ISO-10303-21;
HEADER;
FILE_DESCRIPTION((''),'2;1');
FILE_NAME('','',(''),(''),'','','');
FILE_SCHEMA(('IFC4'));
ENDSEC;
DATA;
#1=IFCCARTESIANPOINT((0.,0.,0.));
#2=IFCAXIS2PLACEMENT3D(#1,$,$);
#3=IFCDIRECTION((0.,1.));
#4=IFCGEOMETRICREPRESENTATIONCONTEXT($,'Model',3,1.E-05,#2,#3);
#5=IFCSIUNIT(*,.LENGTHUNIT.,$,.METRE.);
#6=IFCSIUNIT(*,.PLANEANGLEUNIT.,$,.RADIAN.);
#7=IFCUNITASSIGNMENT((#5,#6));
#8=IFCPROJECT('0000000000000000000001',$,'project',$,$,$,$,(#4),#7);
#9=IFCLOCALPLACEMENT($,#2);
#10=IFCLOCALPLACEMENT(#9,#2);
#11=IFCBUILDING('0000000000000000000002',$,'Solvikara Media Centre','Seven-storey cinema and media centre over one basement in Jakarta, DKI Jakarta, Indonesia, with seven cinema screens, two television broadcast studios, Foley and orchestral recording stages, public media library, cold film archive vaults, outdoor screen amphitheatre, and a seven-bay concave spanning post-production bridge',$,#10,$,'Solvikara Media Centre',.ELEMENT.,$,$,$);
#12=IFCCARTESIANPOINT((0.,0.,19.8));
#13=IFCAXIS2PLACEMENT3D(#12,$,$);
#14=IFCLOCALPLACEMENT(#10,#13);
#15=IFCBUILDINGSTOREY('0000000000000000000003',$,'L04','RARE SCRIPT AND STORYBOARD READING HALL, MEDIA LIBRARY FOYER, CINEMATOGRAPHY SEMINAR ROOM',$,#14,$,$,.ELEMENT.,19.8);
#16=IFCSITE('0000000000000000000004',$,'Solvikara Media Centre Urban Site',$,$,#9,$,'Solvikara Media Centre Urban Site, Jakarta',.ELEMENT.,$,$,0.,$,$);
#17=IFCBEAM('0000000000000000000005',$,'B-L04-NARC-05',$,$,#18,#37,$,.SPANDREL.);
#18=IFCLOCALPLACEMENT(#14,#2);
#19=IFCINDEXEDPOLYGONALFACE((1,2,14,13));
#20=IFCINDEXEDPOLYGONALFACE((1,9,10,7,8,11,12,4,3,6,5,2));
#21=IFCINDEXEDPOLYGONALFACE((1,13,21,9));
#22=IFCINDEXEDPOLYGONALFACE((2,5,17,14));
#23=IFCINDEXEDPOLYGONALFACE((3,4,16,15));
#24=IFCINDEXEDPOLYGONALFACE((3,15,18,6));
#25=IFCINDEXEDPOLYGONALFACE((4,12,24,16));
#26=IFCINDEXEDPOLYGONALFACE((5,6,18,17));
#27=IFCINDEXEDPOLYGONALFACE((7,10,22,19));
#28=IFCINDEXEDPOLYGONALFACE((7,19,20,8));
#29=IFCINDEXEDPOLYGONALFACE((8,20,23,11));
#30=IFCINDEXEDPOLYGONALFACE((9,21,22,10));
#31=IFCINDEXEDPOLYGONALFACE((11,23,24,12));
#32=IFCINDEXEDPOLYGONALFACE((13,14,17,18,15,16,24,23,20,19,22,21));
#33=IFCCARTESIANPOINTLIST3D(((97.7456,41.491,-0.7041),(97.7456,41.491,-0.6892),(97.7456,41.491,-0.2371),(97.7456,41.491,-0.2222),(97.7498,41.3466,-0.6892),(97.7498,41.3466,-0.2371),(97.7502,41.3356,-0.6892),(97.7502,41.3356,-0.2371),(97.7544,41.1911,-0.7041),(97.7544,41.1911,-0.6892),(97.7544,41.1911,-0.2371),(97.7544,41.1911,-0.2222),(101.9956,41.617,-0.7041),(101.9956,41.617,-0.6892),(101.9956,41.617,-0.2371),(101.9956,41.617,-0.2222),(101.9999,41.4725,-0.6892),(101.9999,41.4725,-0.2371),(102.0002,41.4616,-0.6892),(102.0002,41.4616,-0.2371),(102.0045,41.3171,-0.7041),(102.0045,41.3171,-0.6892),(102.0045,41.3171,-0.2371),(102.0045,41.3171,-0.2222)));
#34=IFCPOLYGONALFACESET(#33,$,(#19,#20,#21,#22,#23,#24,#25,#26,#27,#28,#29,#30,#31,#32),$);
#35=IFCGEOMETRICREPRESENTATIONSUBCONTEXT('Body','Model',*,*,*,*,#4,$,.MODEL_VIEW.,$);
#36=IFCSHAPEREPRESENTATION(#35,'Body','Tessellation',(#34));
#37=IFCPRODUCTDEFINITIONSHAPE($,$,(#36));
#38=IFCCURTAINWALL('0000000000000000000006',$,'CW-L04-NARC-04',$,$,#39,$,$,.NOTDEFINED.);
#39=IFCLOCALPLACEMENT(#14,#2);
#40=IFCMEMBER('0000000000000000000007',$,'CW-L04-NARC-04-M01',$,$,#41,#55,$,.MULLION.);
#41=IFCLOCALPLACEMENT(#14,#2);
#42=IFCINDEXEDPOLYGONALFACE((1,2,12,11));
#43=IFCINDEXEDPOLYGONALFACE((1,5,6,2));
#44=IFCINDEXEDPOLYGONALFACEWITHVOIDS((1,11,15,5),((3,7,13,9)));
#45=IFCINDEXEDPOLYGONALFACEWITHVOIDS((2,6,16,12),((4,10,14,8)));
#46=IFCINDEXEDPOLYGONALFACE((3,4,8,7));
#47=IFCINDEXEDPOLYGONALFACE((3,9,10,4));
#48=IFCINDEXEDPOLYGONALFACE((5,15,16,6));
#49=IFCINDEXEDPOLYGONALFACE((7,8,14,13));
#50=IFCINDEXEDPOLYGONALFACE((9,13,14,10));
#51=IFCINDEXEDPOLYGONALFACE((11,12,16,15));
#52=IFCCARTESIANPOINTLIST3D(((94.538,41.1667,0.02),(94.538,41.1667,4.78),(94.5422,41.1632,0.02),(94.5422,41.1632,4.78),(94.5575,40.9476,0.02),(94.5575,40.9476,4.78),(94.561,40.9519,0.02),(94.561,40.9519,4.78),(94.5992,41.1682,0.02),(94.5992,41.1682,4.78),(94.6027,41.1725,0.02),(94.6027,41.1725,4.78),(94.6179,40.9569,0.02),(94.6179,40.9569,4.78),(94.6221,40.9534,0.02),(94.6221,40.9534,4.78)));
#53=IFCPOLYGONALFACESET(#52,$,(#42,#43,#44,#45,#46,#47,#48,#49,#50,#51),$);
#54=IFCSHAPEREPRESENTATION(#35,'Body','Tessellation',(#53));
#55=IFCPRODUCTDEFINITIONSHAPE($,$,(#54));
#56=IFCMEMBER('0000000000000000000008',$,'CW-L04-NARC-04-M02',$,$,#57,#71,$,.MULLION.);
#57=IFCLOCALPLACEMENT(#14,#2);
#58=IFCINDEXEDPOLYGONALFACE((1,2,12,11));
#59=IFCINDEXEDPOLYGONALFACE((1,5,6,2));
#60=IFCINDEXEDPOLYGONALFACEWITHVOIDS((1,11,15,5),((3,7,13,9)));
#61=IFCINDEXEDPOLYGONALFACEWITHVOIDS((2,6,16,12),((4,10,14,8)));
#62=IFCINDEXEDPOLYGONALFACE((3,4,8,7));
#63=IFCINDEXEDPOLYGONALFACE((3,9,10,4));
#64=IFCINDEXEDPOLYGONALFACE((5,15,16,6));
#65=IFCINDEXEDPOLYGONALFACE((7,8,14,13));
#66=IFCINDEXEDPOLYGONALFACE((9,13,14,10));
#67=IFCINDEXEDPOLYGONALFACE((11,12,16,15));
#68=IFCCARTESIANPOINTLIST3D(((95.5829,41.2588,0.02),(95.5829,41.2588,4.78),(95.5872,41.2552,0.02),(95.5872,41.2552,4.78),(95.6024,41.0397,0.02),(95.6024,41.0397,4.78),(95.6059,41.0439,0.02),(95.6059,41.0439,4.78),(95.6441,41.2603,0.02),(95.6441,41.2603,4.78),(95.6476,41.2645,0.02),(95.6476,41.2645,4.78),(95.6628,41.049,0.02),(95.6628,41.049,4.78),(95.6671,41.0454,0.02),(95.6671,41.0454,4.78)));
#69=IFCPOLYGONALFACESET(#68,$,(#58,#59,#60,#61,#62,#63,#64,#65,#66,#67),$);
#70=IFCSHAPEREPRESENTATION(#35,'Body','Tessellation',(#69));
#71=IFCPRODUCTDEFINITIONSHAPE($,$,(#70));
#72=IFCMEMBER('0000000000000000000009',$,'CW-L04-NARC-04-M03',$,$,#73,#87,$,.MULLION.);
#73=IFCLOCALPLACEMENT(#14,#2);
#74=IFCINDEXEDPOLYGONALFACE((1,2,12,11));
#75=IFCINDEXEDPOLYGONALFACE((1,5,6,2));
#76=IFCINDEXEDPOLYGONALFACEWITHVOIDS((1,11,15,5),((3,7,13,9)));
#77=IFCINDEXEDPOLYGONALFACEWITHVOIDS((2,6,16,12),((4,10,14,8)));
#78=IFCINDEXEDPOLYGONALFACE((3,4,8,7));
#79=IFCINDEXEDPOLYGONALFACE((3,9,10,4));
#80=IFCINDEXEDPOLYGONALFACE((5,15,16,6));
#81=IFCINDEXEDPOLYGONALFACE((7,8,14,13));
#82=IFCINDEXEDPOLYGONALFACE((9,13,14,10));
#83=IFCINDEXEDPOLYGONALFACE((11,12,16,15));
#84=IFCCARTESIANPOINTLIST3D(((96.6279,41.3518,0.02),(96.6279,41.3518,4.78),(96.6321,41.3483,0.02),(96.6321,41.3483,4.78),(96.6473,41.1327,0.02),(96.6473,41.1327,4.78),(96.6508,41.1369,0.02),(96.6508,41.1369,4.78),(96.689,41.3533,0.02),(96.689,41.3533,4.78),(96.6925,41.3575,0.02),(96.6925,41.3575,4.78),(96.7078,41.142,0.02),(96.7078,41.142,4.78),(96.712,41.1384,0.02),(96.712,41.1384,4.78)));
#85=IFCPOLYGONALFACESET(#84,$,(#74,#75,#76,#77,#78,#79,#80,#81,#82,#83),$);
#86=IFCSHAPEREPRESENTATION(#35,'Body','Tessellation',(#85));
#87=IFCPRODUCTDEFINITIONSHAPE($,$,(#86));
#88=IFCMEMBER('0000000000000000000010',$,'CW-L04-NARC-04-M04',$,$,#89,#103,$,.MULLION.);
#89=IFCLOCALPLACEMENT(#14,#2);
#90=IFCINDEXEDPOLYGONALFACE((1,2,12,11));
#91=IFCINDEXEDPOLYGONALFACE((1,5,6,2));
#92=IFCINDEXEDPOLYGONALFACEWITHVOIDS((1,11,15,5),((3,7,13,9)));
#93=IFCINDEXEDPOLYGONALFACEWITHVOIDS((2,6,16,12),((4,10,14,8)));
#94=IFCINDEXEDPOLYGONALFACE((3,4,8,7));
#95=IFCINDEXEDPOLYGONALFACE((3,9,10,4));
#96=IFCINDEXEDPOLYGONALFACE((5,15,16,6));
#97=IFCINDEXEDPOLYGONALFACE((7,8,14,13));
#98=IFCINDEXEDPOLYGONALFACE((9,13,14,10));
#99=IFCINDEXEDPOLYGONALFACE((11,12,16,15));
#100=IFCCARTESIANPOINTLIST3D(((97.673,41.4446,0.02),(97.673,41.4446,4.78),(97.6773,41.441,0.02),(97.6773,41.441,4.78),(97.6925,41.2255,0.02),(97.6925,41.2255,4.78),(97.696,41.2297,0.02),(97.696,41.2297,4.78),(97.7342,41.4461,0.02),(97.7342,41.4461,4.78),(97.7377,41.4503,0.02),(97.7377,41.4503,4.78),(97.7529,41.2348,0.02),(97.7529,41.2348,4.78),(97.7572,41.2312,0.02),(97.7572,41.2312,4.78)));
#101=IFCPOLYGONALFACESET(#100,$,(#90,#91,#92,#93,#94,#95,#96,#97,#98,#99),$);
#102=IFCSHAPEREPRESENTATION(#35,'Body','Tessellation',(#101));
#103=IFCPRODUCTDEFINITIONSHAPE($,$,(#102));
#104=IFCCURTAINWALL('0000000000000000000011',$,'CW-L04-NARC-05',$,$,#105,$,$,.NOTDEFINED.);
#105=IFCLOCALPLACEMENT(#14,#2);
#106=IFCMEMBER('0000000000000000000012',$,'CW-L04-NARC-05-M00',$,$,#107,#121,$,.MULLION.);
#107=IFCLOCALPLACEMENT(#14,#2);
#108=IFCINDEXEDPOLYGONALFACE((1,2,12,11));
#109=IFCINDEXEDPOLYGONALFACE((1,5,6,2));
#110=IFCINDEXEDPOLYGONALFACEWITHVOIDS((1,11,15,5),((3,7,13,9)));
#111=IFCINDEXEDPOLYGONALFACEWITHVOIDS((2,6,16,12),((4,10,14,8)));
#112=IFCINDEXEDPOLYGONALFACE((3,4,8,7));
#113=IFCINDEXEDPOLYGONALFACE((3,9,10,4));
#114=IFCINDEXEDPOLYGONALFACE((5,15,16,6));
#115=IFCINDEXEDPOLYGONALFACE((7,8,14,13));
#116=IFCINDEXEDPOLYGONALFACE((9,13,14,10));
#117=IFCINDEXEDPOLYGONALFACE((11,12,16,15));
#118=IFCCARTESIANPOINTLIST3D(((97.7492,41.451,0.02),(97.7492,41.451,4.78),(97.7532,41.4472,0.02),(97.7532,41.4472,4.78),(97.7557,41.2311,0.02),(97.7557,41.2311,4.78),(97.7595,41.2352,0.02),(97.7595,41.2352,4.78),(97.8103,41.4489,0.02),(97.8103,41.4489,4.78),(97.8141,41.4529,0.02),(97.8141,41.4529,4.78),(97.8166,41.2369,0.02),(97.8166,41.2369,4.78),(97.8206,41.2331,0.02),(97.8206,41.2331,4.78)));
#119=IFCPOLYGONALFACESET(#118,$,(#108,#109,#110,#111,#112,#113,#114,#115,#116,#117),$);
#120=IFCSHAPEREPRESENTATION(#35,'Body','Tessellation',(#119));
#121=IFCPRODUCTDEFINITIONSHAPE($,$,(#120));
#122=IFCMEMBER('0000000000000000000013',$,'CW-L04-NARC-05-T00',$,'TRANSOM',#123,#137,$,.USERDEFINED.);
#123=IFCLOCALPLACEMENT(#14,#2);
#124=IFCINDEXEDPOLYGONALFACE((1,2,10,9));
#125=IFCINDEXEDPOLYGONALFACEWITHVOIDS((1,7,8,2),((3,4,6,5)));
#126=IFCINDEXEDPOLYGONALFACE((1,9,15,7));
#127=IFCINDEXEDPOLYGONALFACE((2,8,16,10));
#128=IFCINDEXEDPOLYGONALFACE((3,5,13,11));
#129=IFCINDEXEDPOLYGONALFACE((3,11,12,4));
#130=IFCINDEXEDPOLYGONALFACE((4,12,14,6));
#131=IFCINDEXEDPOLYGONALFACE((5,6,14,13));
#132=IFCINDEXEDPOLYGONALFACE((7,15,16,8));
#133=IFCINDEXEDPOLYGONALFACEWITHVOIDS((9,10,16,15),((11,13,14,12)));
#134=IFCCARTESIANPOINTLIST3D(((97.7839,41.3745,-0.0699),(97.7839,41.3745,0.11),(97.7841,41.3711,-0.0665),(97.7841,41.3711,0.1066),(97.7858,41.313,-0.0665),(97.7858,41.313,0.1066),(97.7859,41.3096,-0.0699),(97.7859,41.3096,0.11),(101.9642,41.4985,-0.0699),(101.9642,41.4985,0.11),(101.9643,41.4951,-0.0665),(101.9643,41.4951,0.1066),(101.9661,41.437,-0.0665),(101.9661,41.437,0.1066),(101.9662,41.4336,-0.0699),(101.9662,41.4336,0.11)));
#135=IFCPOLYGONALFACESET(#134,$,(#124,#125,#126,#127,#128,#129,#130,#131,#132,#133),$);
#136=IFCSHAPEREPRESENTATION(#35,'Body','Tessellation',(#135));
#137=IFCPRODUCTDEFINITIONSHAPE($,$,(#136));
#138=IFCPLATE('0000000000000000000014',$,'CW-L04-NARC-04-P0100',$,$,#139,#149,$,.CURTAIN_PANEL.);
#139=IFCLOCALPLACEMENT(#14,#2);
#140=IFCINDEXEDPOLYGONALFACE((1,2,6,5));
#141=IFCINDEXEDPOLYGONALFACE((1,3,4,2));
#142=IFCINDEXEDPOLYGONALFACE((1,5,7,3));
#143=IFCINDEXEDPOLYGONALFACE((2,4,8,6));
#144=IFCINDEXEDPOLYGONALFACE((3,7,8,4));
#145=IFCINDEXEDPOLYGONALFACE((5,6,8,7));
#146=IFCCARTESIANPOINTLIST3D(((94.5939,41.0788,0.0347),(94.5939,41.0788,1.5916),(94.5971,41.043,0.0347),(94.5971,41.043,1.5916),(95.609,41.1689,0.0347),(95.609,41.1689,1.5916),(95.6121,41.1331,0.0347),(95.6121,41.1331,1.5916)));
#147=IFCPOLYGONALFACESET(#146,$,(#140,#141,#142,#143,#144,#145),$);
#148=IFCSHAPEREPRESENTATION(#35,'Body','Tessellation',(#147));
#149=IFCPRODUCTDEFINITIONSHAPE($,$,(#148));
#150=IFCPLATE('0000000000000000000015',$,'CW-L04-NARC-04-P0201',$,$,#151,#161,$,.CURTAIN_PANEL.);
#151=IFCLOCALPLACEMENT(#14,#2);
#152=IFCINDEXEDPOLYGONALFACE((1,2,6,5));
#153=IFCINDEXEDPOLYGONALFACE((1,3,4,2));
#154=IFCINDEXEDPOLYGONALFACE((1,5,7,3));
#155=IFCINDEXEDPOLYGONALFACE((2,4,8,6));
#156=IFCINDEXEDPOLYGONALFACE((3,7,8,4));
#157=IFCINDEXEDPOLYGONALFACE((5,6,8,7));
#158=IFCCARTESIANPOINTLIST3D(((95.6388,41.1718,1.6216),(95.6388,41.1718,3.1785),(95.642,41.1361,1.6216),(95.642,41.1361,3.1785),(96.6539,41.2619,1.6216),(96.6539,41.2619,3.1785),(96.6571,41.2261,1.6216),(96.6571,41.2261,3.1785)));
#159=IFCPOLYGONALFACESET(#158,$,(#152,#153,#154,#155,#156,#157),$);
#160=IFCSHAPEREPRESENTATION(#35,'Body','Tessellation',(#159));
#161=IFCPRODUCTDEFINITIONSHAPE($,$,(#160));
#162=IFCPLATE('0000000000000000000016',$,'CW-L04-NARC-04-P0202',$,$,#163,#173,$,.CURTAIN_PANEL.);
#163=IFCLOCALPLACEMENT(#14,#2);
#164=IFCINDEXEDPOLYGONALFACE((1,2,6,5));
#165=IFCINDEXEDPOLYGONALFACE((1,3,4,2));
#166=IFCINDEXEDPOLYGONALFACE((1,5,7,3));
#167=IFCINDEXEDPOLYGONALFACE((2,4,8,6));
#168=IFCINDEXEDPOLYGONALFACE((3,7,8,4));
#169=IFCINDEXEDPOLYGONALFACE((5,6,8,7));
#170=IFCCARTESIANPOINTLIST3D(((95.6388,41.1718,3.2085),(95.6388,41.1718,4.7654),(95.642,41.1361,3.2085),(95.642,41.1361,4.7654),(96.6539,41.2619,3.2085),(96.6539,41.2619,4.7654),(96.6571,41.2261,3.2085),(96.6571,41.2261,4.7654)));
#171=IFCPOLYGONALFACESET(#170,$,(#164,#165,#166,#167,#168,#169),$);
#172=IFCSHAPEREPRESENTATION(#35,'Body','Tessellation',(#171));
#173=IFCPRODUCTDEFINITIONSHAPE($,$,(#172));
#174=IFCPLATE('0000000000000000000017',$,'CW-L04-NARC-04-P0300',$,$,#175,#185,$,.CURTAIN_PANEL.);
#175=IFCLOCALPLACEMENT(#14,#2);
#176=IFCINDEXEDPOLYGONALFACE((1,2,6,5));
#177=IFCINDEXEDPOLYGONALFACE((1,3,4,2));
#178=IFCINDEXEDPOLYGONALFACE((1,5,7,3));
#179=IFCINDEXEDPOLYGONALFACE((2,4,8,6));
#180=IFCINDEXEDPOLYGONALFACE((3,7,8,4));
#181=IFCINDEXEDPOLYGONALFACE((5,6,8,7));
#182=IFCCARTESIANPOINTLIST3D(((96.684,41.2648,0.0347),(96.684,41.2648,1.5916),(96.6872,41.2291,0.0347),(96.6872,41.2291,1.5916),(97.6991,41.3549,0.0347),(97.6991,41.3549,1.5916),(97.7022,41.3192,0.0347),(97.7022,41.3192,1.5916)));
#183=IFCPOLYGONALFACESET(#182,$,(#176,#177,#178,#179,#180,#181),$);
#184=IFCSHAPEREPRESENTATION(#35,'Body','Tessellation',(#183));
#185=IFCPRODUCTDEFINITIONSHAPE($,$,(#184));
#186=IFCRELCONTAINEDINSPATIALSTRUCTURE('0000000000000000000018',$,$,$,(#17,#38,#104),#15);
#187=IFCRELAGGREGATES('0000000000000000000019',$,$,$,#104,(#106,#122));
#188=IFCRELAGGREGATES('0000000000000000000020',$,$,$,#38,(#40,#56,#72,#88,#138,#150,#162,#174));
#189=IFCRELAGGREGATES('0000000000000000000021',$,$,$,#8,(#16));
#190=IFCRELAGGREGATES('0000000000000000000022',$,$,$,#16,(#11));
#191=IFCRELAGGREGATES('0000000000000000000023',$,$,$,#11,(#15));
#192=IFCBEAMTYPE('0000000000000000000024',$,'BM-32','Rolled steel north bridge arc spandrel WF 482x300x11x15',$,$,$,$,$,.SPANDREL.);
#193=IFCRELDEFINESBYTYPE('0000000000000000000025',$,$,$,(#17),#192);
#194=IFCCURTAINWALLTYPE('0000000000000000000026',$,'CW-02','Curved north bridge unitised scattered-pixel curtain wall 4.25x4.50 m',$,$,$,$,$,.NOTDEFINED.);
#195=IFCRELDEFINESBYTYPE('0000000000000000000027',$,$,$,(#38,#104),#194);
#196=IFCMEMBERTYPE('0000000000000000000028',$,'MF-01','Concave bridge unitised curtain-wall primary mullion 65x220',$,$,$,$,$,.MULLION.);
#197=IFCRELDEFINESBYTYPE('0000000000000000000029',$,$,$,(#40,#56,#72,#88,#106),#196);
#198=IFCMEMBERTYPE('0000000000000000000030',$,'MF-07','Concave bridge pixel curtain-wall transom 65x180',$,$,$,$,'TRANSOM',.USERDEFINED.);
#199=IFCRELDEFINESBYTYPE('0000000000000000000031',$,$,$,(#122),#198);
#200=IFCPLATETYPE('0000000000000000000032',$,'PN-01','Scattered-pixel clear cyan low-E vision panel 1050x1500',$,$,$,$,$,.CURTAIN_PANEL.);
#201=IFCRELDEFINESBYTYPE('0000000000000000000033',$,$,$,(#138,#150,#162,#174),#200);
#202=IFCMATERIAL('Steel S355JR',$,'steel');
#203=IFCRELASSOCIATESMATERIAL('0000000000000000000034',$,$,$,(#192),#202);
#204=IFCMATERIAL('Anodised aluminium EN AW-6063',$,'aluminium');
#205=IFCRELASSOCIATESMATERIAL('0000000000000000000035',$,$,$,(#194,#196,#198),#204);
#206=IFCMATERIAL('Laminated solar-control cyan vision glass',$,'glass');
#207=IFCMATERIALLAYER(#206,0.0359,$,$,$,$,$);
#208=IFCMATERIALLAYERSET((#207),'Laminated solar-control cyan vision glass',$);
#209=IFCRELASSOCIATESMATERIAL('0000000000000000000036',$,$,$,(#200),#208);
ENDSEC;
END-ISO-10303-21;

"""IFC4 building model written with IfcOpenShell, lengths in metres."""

from ifc_helpers import new_model, si_unit, direction, frame, origin, origin_2d, place, context, subcontext, project, spatial, rectangle, hollow_rectangle, i_section, extrude, material, layer, layer_set, material_profile, profile_set, type_object, element, aggregate, save


model = new_model("IFC4")

# Units and contexts
model_context = context("Model", 3, precision=1e-05, world=origin(), true_north=direction((0.0, 1.0)))
body_context = subcontext(model_context, "Body", "Model", "MODEL_VIEW")
ifc_project = project(units=[si_unit("LENGTHUNIT", "METRE"), si_unit("PLANEANGLEUNIT", "RADIAN")], contexts=[model_context])

# Site, building, storey
site_placement = place(None, origin())
site = spatial("IfcSite", under=ifc_project, at=site_placement, Name="Solvikara Media Centre Urban Site", LongName="Solvikara Media Centre Urban Site, Jakarta", CompositionType="ELEMENT", RefElevation=0.0)
building_placement = place(site_placement, origin())
building = spatial("IfcBuilding", under=site, at=building_placement, Name="Solvikara Media Centre", Description="Seven-storey cinema and media centre over one basement in Jakarta, DKI Jakarta, Indonesia, with seven cinema screens, two television broadcast studios, Foley and orchestral recording stages, public media library, cold film archive vaults, outdoor screen amphitheatre, and a seven-bay concave spanning post-production bridge", LongName="Solvikara Media Centre", CompositionType="ELEMENT")
storey_placement = place(building_placement, frame((0.0, 0.0, 19.8)))
storey = spatial("IfcBuildingStorey", under=building, at=storey_placement, Name="L04", Description="RARE SCRIPT AND STORYBOARD READING HALL, MEDIA LIBRARY FOYER, CINEMATOGRAPHY SEMINAR ROOM", CompositionType="ELEMENT", Elevation=19.8)

# Beam
ifc_material_1 = material(Name="Steel S355JR", Category="steel")
ifc_material_profile_1 = material_profile(ifc_material_1, i_section(OverallWidth=0.3, OverallDepth=0.4819, WebThickness=0.011, FlangeThickness=0.0149, at=origin_2d()), Name="WF 482x300x11x15")
ifc_profile_set_1 = profile_set([ifc_material_profile_1], Name="Steel S355JR")
beam_type = type_object("IfcBeamType", Name="BM-32", Description="Rolled steel north bridge arc spandrel WF 482x300x11x15", PredefinedType="SPANDREL", material=ifc_profile_set_1)
beam_placement = place(storey_placement, frame((97.75, 41.3411, -0.4631), z_axis=(0.999561, 0.029629, 0.0), x_axis=(-0.029629, 0.999561, 0.0)))
element("IfcBeam", 1, at=beam_placement, inside=storey, type_object=beam_type, Name="B-L04-NARC-05", PredefinedType="SPANDREL", context=body_context, shape_type="SweptSolid", body=[
    extrude(i_section(OverallWidth=0.3, OverallDepth=0.4819, WebThickness=0.011, FlangeThickness=0.0149, at=origin_2d()), origin(), (0.0, 0.0, 1.0), 4.252),
])

# Curtain walls, members
ifc_material_2 = material(Name="Anodised aluminium EN AW-6063", Category="aluminium")
curtain_wall_type = type_object("IfcCurtainWallType", Name="CW-02", Description="Curved north bridge unitised scattered-pixel curtain wall 4.25x4.50 m", PredefinedType="NOTDEFINED", material=ifc_material_2)
curtain_wall_1_placement = place(storey_placement, origin())
curtain_wall_1 = element("IfcCurtainWall", 2, at=curtain_wall_1_placement, inside=storey, type_object=curtain_wall_type, Name="CW-L04-NARC-04", PredefinedType="NOTDEFINED")
ifc_material_profile_2 = material_profile(ifc_material_2, hollow_rectangle(XDim=0.0649, YDim=0.22, WallThickness=0.0039, at=origin_2d()), Name="ALU-M 65x220x4")
ifc_profile_set_2 = profile_set([ifc_material_profile_2], Name="Anodised aluminium EN AW-6063")
member_type_1 = type_object("IfcMemberType", Name="MF-01", Description="Concave bridge unitised curtain-wall primary mullion 65x220", PredefinedType="MULLION", material=ifc_profile_set_2)
member_1_placement = place(storey_placement, frame((94.5801, 41.0601, 0.02), z_axis=(0.0, 0.0, 1.0), x_axis=(0.996084, 0.088408, 0.0)))
member_1 = element("IfcMember", 3, at=member_1_placement, type_object=member_type_1, Name="CW-L04-NARC-04-M01", PredefinedType="MULLION", context=body_context, shape_type="SweptSolid", body=[
    extrude(hollow_rectangle(XDim=0.0649, YDim=0.22, WallThickness=0.0039, at=origin_2d()), origin(), (0.0, 0.0, 1.0), 4.76),
])
member_2_placement = place(storey_placement, frame((95.625, 41.1521, 0.02), z_axis=(0.0, 0.0, 1.0), x_axis=(0.996084, 0.088408, 0.0)))
member_2 = element("IfcMember", 4, at=member_2_placement, type_object=member_type_1, Name="CW-L04-NARC-04-M02", PredefinedType="MULLION", context=body_context, shape_type="SweptSolid", body=[
    extrude(hollow_rectangle(XDim=0.0649, YDim=0.22, WallThickness=0.0039, at=origin_2d()), origin(), (0.0, 0.0, 1.0), 4.76),
])
member_3_placement = place(storey_placement, frame((96.6699, 41.2451, 0.02), z_axis=(0.0, 0.0, 1.0), x_axis=(0.996084, 0.088408, 0.0)))
member_3 = element("IfcMember", 5, at=member_3_placement, type_object=member_type_1, Name="CW-L04-NARC-04-M03", PredefinedType="MULLION", context=body_context, shape_type="SweptSolid", body=[
    extrude(hollow_rectangle(XDim=0.0649, YDim=0.22, WallThickness=0.0039, at=origin_2d()), origin(), (0.0, 0.0, 1.0), 4.76),
])
member_4_placement = place(storey_placement, frame((97.7151, 41.3379, 0.02), z_axis=(0.0, 0.0, 1.0), x_axis=(0.996084, 0.088408, 0.0)))
member_4 = element("IfcMember", 6, at=member_4_placement, type_object=member_type_1, Name="CW-L04-NARC-04-M04", PredefinedType="MULLION", context=body_context, shape_type="SweptSolid", body=[
    extrude(hollow_rectangle(XDim=0.0649, YDim=0.22, WallThickness=0.0039, at=origin_2d()), origin(), (0.0, 0.0, 1.0), 4.76),
])
curtain_wall_2_placement = place(storey_placement, origin())
curtain_wall_2 = element("IfcCurtainWall", 7, at=curtain_wall_2_placement, inside=storey, type_object=curtain_wall_type, Name="CW-L04-NARC-05", PredefinedType="NOTDEFINED")
member_5_placement = place(storey_placement, frame((97.7849, 41.342, 0.02), z_axis=(0.0, 0.0, 1.0), x_axis=(0.99956, 0.029649, 0.0)))
member_5 = element("IfcMember", 8, at=member_5_placement, type_object=member_type_1, Name="CW-L04-NARC-05-M00", PredefinedType="MULLION", context=body_context, shape_type="SweptSolid", body=[
    extrude(hollow_rectangle(XDim=0.0649, YDim=0.22, WallThickness=0.0039, at=origin_2d()), origin(), (0.0, 0.0, 1.0), 4.76),
])
ifc_material_profile_3 = material_profile(ifc_material_2, hollow_rectangle(XDim=0.0649, YDim=0.1799, WallThickness=0.0034, at=origin_2d()), Name="ALU-T 65x180x3.5")
ifc_profile_set_3 = profile_set([ifc_material_profile_3], Name="Anodised aluminium EN AW-6063")
member_type_2 = type_object("IfcMemberType", Name="MF-07", Description="Concave bridge pixel curtain-wall transom 65x180", ElementType="TRANSOM", PredefinedType="USERDEFINED", material=ifc_profile_set_3)
member_6_placement = place(storey_placement, frame((97.7849, 41.342, 0.02), z_axis=(0.99956, 0.029656, 0.0), x_axis=(-0.029656, 0.99956, 0.0)))
member_6 = element("IfcMember", 9, at=member_6_placement, type_object=member_type_2, Name="CW-L04-NARC-05-T00", ObjectType="TRANSOM", PredefinedType="USERDEFINED", context=body_context, shape_type="SweptSolid", body=[
    extrude(hollow_rectangle(XDim=0.0649, YDim=0.1799, WallThickness=0.0034, at=origin_2d()), origin(), (0.0, 0.0, 1.0), 4.1821),
])
aggregate(curtain_wall_2, [member_5, member_6])

# Plates
ifc_material_3 = material(Name="Laminated solar-control cyan vision glass", Category="glass")
ifc_layer_1 = layer(ifc_material_3, 0.0359)
ifc_layer_set_1 = layer_set([ifc_layer_1], Name="Laminated solar-control cyan vision glass")
plate_type_1 = type_object("IfcPlateType", Name="PN-01", Description="Scattered-pixel clear cyan low-E vision panel 1050x1500", PredefinedType="CURTAIN_PANEL", material=ifc_layer_set_1)
plate_1_placement = place(storey_placement, frame((95.103, 41.106, 0.0347), z_axis=(0.0, 0.0, 1.0), x_axis=(0.996084, 0.088408, 0.0)))
plate_1 = element("IfcPlate", 10, at=plate_1_placement, type_object=plate_type_1, Name="CW-L04-NARC-04-P0100", PredefinedType="CURTAIN_PANEL", context=body_context, shape_type="SweptSolid", body=[
    extrude(rectangle(XDim=1.019, YDim=0.0359, at=origin_2d()), origin(), (0.0, 0.0, 1.0), 1.5569),
])
plate_2_placement = place(storey_placement, frame((96.1479, 41.199, 1.6216), z_axis=(0.0, 0.0, 1.0), x_axis=(0.996084, 0.088408, 0.0)))
plate_2 = element("IfcPlate", 11, at=plate_2_placement, type_object=plate_type_1, Name="CW-L04-NARC-04-P0201", PredefinedType="CURTAIN_PANEL", context=body_context, shape_type="SweptSolid", body=[
    extrude(rectangle(XDim=1.019, YDim=0.0359, at=origin_2d()), origin(), (0.0, 0.0, 1.0), 1.5569),
])
plate_3_placement = place(storey_placement, frame((96.1479, 41.199, 3.2085), z_axis=(0.0, 0.0, 1.0), x_axis=(0.996084, 0.088408, 0.0)))
plate_3 = element("IfcPlate", 12, at=plate_3_placement, type_object=plate_type_1, Name="CW-L04-NARC-04-P0202", PredefinedType="CURTAIN_PANEL", context=body_context, shape_type="SweptSolid", body=[
    extrude(rectangle(XDim=1.019, YDim=0.0359, at=origin_2d()), origin(), (0.0, 0.0, 1.0), 1.5569),
])
plate_4_placement = place(storey_placement, frame((97.1931, 41.292, 0.0347), z_axis=(0.0, 0.0, 1.0), x_axis=(0.996084, 0.088408, 0.0)))
plate_4 = element("IfcPlate", 13, at=plate_4_placement, type_object=plate_type_1, Name="CW-L04-NARC-04-P0300", PredefinedType="CURTAIN_PANEL", context=body_context, shape_type="SweptSolid", body=[
    extrude(rectangle(XDim=1.019, YDim=0.0359, at=origin_2d()), origin(), (0.0, 0.0, 1.0), 1.5569),
])
aggregate(curtain_wall_1, [member_1, member_2, member_3, member_4, plate_1, plate_2, plate_3, plate_4])

save(model, "model.ifc")
